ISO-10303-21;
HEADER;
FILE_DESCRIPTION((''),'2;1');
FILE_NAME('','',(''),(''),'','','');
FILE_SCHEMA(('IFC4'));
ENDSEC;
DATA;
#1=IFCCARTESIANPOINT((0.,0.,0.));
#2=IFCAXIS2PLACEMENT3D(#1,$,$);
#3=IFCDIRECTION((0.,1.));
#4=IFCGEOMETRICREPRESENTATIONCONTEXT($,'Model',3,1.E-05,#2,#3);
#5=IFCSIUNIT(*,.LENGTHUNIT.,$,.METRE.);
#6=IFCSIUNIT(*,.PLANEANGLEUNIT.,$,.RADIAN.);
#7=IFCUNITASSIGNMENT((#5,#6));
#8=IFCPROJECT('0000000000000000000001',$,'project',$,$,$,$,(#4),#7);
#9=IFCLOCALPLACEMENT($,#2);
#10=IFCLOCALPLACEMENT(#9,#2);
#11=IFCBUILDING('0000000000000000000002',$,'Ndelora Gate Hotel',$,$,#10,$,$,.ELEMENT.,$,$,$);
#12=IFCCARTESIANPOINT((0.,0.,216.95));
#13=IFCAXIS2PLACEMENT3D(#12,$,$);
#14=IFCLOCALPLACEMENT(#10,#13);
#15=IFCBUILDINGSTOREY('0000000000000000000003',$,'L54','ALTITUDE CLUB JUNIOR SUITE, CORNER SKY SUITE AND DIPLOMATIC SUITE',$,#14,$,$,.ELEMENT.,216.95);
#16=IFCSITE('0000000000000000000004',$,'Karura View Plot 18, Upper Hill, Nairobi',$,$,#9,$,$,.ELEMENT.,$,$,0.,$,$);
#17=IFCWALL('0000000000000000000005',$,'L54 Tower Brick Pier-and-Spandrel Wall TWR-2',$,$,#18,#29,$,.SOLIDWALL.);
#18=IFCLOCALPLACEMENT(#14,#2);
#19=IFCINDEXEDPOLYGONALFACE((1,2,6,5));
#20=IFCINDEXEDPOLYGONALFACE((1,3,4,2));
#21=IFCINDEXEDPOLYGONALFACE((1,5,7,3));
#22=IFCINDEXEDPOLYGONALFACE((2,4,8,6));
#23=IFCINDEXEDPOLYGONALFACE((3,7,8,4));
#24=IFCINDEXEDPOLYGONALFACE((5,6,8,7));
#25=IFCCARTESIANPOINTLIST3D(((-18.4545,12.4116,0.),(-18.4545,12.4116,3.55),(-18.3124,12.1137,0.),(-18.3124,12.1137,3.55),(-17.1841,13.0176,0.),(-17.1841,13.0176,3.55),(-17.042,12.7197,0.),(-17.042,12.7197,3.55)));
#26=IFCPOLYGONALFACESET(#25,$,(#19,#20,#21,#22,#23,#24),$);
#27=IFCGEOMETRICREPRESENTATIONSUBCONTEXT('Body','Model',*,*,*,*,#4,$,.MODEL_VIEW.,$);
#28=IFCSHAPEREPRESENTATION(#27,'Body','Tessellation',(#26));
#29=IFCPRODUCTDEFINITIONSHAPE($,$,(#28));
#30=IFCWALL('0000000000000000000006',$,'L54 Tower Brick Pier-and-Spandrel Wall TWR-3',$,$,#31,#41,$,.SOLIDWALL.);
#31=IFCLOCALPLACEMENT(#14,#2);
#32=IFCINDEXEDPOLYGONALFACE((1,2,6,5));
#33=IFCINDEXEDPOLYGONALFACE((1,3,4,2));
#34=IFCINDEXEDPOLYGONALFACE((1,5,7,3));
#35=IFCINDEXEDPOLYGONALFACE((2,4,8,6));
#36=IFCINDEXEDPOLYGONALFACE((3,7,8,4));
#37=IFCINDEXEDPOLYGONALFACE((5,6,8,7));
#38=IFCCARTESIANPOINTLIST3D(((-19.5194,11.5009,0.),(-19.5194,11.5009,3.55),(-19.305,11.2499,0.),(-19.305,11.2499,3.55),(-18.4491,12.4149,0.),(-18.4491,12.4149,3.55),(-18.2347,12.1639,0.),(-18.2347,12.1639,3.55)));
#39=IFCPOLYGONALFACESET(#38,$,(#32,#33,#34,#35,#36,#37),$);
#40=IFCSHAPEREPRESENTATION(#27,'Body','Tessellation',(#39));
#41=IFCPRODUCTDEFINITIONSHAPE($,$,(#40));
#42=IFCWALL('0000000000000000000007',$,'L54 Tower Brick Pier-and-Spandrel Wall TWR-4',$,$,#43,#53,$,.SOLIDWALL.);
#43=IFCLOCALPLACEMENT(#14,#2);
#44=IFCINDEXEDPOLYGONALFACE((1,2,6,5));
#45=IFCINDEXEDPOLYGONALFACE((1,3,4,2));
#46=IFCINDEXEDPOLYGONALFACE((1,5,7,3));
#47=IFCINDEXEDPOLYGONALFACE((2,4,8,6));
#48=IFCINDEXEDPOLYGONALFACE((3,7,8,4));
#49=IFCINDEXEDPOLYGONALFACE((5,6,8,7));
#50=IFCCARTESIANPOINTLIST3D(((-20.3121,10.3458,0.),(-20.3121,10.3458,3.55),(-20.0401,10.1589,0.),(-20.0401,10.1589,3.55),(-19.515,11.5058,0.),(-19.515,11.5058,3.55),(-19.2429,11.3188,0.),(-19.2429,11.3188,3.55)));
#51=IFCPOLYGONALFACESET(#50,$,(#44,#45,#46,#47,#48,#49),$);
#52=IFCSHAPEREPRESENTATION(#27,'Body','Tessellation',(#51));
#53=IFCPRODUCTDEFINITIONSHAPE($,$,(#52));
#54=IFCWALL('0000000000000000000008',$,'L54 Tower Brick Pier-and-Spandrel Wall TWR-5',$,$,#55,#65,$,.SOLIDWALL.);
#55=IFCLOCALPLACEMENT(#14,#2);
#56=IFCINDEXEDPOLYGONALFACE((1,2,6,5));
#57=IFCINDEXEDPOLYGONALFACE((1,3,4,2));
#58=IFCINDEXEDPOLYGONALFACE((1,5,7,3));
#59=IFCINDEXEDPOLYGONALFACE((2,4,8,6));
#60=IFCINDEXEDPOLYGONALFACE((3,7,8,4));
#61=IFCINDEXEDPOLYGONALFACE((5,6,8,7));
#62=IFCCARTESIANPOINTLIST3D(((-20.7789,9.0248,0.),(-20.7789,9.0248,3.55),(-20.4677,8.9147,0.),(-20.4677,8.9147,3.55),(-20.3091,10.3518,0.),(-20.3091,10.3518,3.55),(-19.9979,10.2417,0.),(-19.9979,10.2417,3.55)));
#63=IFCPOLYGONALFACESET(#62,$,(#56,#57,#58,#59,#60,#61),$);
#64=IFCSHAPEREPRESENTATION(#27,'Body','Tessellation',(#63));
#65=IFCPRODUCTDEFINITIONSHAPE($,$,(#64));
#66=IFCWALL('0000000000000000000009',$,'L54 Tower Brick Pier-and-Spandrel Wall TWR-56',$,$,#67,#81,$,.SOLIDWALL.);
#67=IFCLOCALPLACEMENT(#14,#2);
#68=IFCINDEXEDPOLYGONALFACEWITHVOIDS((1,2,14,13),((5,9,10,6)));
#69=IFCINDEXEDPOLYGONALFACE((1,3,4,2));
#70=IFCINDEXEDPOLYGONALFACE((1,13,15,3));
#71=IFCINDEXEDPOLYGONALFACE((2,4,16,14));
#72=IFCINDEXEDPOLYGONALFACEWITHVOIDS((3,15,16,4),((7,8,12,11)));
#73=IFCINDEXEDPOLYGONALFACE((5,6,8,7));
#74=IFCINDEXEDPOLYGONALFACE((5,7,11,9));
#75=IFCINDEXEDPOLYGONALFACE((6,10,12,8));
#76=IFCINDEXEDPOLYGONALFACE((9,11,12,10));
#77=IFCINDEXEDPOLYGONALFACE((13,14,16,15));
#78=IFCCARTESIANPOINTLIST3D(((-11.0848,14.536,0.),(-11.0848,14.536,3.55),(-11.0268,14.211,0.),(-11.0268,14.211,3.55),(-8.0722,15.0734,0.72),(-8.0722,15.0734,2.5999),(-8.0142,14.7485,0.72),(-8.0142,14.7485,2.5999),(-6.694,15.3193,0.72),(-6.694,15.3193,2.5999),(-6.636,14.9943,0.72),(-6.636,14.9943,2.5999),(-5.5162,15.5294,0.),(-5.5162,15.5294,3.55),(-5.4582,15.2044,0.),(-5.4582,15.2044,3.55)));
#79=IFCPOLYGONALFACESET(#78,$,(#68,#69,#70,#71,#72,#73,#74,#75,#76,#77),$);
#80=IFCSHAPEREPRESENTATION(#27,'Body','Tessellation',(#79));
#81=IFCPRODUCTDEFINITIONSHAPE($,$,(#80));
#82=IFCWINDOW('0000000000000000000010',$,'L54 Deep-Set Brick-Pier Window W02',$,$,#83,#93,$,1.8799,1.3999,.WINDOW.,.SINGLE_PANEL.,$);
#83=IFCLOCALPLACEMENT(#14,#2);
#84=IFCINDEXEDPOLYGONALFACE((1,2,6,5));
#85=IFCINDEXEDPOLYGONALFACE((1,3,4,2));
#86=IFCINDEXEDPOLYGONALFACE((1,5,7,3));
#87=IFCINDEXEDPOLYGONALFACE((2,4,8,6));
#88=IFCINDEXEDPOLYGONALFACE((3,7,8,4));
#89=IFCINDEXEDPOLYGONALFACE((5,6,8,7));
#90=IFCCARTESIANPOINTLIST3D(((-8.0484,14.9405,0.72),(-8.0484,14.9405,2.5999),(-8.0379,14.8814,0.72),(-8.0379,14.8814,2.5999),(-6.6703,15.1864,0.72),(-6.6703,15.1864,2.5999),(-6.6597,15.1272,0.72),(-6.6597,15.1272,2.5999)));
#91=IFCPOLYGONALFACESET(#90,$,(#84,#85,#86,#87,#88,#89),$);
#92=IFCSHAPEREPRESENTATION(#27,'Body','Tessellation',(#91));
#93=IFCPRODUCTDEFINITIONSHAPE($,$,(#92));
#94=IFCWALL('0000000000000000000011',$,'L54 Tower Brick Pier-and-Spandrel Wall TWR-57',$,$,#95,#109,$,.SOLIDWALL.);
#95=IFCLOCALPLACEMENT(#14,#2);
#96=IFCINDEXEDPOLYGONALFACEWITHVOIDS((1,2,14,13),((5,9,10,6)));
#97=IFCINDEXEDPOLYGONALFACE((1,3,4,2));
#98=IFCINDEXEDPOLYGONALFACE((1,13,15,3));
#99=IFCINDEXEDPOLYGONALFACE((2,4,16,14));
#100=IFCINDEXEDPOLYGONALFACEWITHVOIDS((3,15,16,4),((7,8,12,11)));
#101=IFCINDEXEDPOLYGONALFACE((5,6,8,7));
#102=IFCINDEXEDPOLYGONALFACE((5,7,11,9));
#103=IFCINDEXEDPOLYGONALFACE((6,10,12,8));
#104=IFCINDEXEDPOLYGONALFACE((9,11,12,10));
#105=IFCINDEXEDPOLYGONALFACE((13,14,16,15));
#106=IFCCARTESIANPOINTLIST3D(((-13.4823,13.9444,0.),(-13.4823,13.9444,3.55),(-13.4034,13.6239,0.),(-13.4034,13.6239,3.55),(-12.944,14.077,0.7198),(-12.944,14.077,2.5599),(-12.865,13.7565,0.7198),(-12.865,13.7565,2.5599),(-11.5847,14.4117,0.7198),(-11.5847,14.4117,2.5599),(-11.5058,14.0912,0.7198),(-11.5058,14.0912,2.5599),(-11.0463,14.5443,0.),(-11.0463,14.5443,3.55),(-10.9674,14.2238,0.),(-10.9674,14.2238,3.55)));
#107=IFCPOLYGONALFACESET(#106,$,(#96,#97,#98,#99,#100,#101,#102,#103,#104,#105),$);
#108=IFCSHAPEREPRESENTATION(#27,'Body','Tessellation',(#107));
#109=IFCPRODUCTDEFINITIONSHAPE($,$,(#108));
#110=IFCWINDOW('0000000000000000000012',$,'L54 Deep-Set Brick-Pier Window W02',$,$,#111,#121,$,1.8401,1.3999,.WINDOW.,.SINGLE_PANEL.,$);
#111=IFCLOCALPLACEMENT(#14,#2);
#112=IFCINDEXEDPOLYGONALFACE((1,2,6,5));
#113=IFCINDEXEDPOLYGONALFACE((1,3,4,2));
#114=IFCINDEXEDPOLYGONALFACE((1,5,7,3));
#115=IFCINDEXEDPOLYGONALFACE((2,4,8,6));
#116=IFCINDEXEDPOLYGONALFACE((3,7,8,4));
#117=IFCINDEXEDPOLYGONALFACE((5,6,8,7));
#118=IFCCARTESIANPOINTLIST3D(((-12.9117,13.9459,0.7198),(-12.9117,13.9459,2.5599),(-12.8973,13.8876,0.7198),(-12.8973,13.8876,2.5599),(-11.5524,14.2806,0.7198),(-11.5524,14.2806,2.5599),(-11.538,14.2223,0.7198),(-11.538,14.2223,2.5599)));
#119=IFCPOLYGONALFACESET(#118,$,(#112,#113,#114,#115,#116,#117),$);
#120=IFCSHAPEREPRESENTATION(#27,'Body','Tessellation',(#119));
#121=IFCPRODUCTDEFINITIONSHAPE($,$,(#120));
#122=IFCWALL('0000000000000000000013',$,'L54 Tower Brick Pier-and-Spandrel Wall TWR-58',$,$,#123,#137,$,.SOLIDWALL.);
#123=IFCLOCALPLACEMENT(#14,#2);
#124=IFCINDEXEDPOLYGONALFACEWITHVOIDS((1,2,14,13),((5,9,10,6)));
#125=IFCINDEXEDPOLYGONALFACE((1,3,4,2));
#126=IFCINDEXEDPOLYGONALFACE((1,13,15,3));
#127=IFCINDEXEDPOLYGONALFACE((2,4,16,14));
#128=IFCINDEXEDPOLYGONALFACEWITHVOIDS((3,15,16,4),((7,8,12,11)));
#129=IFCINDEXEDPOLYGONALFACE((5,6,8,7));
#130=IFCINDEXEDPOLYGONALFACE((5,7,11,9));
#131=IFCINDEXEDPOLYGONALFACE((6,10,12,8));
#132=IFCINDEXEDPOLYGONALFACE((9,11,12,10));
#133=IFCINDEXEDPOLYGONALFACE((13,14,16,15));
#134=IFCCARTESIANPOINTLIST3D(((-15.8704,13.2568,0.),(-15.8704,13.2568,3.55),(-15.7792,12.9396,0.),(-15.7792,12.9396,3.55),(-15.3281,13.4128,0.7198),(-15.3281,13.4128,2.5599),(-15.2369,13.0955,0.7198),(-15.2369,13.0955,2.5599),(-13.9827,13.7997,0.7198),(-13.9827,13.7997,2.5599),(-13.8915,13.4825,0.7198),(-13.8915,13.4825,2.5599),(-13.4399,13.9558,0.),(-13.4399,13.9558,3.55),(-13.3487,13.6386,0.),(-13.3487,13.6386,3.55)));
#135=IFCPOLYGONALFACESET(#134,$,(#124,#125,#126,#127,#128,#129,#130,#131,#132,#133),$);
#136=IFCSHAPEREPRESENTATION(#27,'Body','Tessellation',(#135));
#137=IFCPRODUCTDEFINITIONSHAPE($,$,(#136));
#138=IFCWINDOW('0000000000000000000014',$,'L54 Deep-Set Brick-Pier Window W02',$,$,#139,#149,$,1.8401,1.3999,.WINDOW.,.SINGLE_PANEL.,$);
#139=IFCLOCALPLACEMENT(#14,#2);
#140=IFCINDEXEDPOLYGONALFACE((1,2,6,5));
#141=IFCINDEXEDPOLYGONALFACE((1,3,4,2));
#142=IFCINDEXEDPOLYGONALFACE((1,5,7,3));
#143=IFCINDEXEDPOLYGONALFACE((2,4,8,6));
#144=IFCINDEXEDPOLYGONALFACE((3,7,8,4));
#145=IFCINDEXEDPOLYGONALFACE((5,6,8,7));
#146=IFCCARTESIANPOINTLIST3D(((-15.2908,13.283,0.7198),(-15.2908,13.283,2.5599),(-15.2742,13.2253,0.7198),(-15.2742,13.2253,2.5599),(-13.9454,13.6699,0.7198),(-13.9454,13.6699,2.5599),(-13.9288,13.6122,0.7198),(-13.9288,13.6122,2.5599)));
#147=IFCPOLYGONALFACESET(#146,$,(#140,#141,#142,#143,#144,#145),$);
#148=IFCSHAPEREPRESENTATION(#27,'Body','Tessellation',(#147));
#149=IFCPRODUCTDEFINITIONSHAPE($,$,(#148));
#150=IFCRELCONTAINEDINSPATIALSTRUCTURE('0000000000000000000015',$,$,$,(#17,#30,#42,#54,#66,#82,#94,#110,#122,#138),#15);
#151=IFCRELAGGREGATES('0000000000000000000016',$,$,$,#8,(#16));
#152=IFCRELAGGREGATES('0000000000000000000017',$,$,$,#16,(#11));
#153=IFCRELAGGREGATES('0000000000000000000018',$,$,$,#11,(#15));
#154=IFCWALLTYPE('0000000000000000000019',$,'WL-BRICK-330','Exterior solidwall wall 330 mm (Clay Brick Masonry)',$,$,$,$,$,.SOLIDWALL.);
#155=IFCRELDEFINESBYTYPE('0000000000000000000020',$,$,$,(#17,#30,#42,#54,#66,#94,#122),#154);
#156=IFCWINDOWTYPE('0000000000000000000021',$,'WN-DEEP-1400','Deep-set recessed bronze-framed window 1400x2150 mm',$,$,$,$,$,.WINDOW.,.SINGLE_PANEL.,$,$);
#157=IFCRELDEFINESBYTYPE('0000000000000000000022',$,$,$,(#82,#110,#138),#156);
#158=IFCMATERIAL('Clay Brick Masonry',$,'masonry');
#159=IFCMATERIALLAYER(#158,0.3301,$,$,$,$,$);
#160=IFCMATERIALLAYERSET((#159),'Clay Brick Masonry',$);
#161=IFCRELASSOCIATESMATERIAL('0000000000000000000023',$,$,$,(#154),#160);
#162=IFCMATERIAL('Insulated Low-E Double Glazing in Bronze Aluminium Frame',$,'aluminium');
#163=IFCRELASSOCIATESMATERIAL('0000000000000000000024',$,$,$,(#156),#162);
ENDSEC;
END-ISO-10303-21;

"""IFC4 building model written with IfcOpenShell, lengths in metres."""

from ifc_helpers import new_model, si_unit, direction, frame, frame_2d, origin, place, context, subcontext, project, spatial, rectangle, extrude, material, layer, layer_set, type_object, element, fill, save


model = new_model("IFC4")

# Units and contexts
model_context = context("Model", 3, precision=1e-05, world=origin(), true_north=direction((0.0, 1.0)))
body_context = subcontext(model_context, "Body", "Model", "MODEL_VIEW")
ifc_project = project(units=[si_unit("LENGTHUNIT", "METRE"), si_unit("PLANEANGLEUNIT", "RADIAN")], contexts=[model_context])

# Site, building, storey
site_placement = place(None, origin())
site = spatial("IfcSite", under=ifc_project, at=site_placement, Name="Karura View Plot 18, Upper Hill, Nairobi", CompositionType="ELEMENT", RefElevation=0.0)
building_placement = place(site_placement, origin())
building = spatial("IfcBuilding", under=site, at=building_placement, Name="Ndelora Gate Hotel", CompositionType="ELEMENT")
storey_placement = place(building_placement, frame((0.0, 0.0, 216.95)))
storey = spatial("IfcBuildingStorey", under=building, at=storey_placement, Name="L54", Description="ALTITUDE CLUB JUNIOR SUITE, CORNER SKY SUITE AND DIPLOMATIC SUITE", CompositionType="ELEMENT", Elevation=216.95)

# Walls
ifc_material_1 = material(Name="Clay Brick Masonry", Category="masonry")
ifc_layer_1 = layer(ifc_material_1, 0.3301)
ifc_layer_set_1 = layer_set([ifc_layer_1], Name="Clay Brick Masonry")
wall_type_1 = type_object("IfcWallType", Name="WL-BRICK-330", Description="Exterior solidwall wall 330 mm (Clay Brick Masonry)", PredefinedType="SOLIDWALL", material=ifc_layer_set_1)
for number, where, z_axis, x_axis, name in (
    (1, (-18.3833, 12.2627, 0.0), (0.0, 0.0, 1.0), (0.902565, 0.430553, 0.0), "L54 Tower Brick Pier-and-Spandrel Wall TWR-2"),
    (2, (-19.4121, 11.3755, 0.0), (0.0, 0.0, 1.0), (0.760431, 0.649419, 0.0), "L54 Tower Brick Pier-and-Spandrel Wall TWR-3"),
    (3, (-20.176, 10.2524, 0.0), (0.0, 0.0, 1.0), (0.566374, 0.824148, 0.0), "L54 Tower Brick Pier-and-Spandrel Wall TWR-4"),
):
    element("IfcWall", number, at=place(storey_placement, frame(where, z_axis=z_axis, x_axis=x_axis)), inside=storey, type_object=wall_type_1, Name=name, PredefinedType="SOLIDWALL", context=body_context, shape_type="SweptSolid", body=[
        extrude(rectangle(XDim=1.4075, YDim=0.3301, at=frame_2d((0.7036, 0.0))), origin(), (0.0, 0.0, 1.0), 3.55),
    ])
wall_1_placement = place(storey_placement, frame((-20.6233, 8.9697, 0.0), z_axis=(0.0, 0.0, 1.0), x_axis=(0.333709, 0.942676, 0.0)))
element("IfcWall", 4, at=wall_1_placement, inside=storey, type_object=wall_type_1, Name="L54 Tower Brick Pier-and-Spandrel Wall TWR-5", PredefinedType="SOLIDWALL", context=body_context, shape_type="SweptSolid", body=[
    extrude(rectangle(XDim=1.4077, YDim=0.3301, at=frame_2d((0.7039, 0.0))), origin(), (0.0, 0.0, 1.0), 3.55),
])

# Walls, openings, windows
wall_2_placement = place(storey_placement, frame((-11.0557, 14.3735, 0.0), z_axis=(0.0, 0.0, 1.0), x_axis=(0.984458, 0.175622, 0.0)))
wall_2 = element("IfcWall", 5, at=wall_2_placement, inside=storey, type_object=wall_type_1, Name="L54 Tower Brick Pier-and-Spandrel Wall TWR-56", PredefinedType="SOLIDWALL", context=body_context, shape_type="SweptSolid", body=[
    extrude(rectangle(XDim=5.6565, YDim=0.3301, at=frame_2d((2.8281, 0.0))), origin(), (0.0, 0.0, 1.0), 3.55),
])
opening_1_placement = place(wall_2_placement, frame((3.0601, 0.0, 0.72)))
opening_1 = element("IfcOpeningElement", 6, at=opening_1_placement, cuts=wall_2, PredefinedType="OPENING", context=body_context, shape_type="SweptSolid", body=[
    extrude(rectangle(XDim=1.3999, YDim=1.8799, at=frame_2d((0.7, 0.9399))), frame((0.0, 0.175, 0.0), z_axis=(0.0, -1.0, 0.0), x_axis=(1.0, 0.0, 0.0)), (0.0, 0.0, 1.0), 0.3501),
])
ifc_material_2 = material(Name="Insulated Low-E Double Glazing in Bronze Aluminium Frame", Category="aluminium")
window_type = type_object("IfcWindowType", Name="WN-DEEP-1400", Description="Deep-set recessed bronze-framed window 1400x2150 mm", PartitioningType="SINGLE_PANEL", PredefinedType="WINDOW", material=ifc_material_2)
window_1_placement = place(opening_1_placement, origin())
window_1 = element("IfcWindow", 7, at=window_1_placement, inside=storey, type_object=window_type, Name="L54 Deep-Set Brick-Pier Window W02", OverallHeight=1.8799, OverallWidth=1.3999, PartitioningType="SINGLE_PANEL", PredefinedType="WINDOW", context=body_context, shape_type="SweptSolid", body=[
    extrude(rectangle(XDim=1.3999, YDim=1.8799, at=frame_2d((0.7, 0.9399))), frame((0.0, 0.03, 0.0), z_axis=(0.0, -1.0, 0.0), x_axis=(1.0, 0.0, 0.0)), (0.0, 0.0, 1.0), 0.0601),
])
fill(opening_1, window_1)
wall_3_placement = place(storey_placement, frame((-13.4429, 13.7842, 0.0), z_axis=(0.0, 0.0, 1.0), x_axis=(0.970995, 0.2391, 0.0)))
wall_3 = element("IfcWall", 8, at=wall_3_placement, inside=storey, type_object=wall_type_1, Name="L54 Tower Brick Pier-and-Spandrel Wall TWR-57", PredefinedType="SOLIDWALL", context=body_context, shape_type="SweptSolid", body=[
    extrude(rectangle(XDim=2.5088, YDim=0.3301, at=frame_2d((1.2544, 0.0))), origin(), (0.0, 0.0, 1.0), 3.55),
])
opening_2_placement = place(wall_3_placement, frame((0.5544, 0.0, 0.72)))
opening_2 = element("IfcOpeningElement", 9, at=opening_2_placement, cuts=wall_3, PredefinedType="OPENING", context=body_context, shape_type="SweptSolid", body=[
    extrude(rectangle(XDim=1.3999, YDim=1.8401, at=frame_2d((0.7, 0.9199))), frame((0.0, 0.175, 0.0), z_axis=(0.0, -1.0, 0.0), x_axis=(1.0, 0.0, 0.0)), (0.0, 0.0, 1.0), 0.3501),
])
window_2_placement = place(opening_2_placement, origin())
window_2 = element("IfcWindow", 10, at=window_2_placement, inside=storey, type_object=window_type, Name="L54 Deep-Set Brick-Pier Window W02", OverallHeight=1.8401, OverallWidth=1.3999, PartitioningType="SINGLE_PANEL", PredefinedType="WINDOW", context=body_context, shape_type="SweptSolid", body=[
    extrude(rectangle(XDim=1.3999, YDim=1.8401, at=frame_2d((0.7, 0.9199))), frame((0.0, 0.03, 0.0), z_axis=(0.0, -1.0, 0.0), x_axis=(1.0, 0.0, 0.0)), (0.0, 0.0, 1.0), 0.0601),
])
fill(opening_2, window_2)
wall_4_placement = place(storey_placement, frame((-15.825, 13.0981, 0.0), z_axis=(0.0, 0.0, 1.0), x_axis=(0.961045, 0.276391, 0.0)))
wall_4 = element("IfcWall", 11, at=wall_4_placement, inside=storey, type_object=wall_type_1, Name="L54 Tower Brick Pier-and-Spandrel Wall TWR-58", PredefinedType="SOLIDWALL", context=body_context, shape_type="SweptSolid", body=[
    extrude(rectangle(XDim=2.5291, YDim=0.3301, at=frame_2d((1.2646, 0.0))), origin(), (0.0, 0.0, 1.0), 3.55),
])
opening_3_placement = place(wall_4_placement, frame((0.5645, 0.0, 0.72)))
opening_3 = element("IfcOpeningElement", 12, at=opening_3_placement, cuts=wall_4, PredefinedType="OPENING", context=body_context, shape_type="SweptSolid", body=[
    extrude(rectangle(XDim=1.3999, YDim=1.8401, at=frame_2d((0.7, 0.9199))), frame((0.0, 0.175, 0.0), z_axis=(0.0, -1.0, 0.0), x_axis=(1.0, 0.0, 0.0)), (0.0, 0.0, 1.0), 0.3501),
])
window_3_placement = place(opening_3_placement, origin())
window_3 = element("IfcWindow", 13, at=window_3_placement, inside=storey, type_object=window_type, Name="L54 Deep-Set Brick-Pier Window W02", OverallHeight=1.8401, OverallWidth=1.3999, PartitioningType="SINGLE_PANEL", PredefinedType="WINDOW", context=body_context, shape_type="SweptSolid", body=[
    extrude(rectangle(XDim=1.3999, YDim=1.8401, at=frame_2d((0.7, 0.9199))), frame((0.0, 0.03, 0.0), z_axis=(0.0, -1.0, 0.0), x_axis=(1.0, 0.0, 0.0)), (0.0, 0.0, 1.0), 0.0601),
])
fill(opening_3, window_3)

save(model, "model.ifc")
